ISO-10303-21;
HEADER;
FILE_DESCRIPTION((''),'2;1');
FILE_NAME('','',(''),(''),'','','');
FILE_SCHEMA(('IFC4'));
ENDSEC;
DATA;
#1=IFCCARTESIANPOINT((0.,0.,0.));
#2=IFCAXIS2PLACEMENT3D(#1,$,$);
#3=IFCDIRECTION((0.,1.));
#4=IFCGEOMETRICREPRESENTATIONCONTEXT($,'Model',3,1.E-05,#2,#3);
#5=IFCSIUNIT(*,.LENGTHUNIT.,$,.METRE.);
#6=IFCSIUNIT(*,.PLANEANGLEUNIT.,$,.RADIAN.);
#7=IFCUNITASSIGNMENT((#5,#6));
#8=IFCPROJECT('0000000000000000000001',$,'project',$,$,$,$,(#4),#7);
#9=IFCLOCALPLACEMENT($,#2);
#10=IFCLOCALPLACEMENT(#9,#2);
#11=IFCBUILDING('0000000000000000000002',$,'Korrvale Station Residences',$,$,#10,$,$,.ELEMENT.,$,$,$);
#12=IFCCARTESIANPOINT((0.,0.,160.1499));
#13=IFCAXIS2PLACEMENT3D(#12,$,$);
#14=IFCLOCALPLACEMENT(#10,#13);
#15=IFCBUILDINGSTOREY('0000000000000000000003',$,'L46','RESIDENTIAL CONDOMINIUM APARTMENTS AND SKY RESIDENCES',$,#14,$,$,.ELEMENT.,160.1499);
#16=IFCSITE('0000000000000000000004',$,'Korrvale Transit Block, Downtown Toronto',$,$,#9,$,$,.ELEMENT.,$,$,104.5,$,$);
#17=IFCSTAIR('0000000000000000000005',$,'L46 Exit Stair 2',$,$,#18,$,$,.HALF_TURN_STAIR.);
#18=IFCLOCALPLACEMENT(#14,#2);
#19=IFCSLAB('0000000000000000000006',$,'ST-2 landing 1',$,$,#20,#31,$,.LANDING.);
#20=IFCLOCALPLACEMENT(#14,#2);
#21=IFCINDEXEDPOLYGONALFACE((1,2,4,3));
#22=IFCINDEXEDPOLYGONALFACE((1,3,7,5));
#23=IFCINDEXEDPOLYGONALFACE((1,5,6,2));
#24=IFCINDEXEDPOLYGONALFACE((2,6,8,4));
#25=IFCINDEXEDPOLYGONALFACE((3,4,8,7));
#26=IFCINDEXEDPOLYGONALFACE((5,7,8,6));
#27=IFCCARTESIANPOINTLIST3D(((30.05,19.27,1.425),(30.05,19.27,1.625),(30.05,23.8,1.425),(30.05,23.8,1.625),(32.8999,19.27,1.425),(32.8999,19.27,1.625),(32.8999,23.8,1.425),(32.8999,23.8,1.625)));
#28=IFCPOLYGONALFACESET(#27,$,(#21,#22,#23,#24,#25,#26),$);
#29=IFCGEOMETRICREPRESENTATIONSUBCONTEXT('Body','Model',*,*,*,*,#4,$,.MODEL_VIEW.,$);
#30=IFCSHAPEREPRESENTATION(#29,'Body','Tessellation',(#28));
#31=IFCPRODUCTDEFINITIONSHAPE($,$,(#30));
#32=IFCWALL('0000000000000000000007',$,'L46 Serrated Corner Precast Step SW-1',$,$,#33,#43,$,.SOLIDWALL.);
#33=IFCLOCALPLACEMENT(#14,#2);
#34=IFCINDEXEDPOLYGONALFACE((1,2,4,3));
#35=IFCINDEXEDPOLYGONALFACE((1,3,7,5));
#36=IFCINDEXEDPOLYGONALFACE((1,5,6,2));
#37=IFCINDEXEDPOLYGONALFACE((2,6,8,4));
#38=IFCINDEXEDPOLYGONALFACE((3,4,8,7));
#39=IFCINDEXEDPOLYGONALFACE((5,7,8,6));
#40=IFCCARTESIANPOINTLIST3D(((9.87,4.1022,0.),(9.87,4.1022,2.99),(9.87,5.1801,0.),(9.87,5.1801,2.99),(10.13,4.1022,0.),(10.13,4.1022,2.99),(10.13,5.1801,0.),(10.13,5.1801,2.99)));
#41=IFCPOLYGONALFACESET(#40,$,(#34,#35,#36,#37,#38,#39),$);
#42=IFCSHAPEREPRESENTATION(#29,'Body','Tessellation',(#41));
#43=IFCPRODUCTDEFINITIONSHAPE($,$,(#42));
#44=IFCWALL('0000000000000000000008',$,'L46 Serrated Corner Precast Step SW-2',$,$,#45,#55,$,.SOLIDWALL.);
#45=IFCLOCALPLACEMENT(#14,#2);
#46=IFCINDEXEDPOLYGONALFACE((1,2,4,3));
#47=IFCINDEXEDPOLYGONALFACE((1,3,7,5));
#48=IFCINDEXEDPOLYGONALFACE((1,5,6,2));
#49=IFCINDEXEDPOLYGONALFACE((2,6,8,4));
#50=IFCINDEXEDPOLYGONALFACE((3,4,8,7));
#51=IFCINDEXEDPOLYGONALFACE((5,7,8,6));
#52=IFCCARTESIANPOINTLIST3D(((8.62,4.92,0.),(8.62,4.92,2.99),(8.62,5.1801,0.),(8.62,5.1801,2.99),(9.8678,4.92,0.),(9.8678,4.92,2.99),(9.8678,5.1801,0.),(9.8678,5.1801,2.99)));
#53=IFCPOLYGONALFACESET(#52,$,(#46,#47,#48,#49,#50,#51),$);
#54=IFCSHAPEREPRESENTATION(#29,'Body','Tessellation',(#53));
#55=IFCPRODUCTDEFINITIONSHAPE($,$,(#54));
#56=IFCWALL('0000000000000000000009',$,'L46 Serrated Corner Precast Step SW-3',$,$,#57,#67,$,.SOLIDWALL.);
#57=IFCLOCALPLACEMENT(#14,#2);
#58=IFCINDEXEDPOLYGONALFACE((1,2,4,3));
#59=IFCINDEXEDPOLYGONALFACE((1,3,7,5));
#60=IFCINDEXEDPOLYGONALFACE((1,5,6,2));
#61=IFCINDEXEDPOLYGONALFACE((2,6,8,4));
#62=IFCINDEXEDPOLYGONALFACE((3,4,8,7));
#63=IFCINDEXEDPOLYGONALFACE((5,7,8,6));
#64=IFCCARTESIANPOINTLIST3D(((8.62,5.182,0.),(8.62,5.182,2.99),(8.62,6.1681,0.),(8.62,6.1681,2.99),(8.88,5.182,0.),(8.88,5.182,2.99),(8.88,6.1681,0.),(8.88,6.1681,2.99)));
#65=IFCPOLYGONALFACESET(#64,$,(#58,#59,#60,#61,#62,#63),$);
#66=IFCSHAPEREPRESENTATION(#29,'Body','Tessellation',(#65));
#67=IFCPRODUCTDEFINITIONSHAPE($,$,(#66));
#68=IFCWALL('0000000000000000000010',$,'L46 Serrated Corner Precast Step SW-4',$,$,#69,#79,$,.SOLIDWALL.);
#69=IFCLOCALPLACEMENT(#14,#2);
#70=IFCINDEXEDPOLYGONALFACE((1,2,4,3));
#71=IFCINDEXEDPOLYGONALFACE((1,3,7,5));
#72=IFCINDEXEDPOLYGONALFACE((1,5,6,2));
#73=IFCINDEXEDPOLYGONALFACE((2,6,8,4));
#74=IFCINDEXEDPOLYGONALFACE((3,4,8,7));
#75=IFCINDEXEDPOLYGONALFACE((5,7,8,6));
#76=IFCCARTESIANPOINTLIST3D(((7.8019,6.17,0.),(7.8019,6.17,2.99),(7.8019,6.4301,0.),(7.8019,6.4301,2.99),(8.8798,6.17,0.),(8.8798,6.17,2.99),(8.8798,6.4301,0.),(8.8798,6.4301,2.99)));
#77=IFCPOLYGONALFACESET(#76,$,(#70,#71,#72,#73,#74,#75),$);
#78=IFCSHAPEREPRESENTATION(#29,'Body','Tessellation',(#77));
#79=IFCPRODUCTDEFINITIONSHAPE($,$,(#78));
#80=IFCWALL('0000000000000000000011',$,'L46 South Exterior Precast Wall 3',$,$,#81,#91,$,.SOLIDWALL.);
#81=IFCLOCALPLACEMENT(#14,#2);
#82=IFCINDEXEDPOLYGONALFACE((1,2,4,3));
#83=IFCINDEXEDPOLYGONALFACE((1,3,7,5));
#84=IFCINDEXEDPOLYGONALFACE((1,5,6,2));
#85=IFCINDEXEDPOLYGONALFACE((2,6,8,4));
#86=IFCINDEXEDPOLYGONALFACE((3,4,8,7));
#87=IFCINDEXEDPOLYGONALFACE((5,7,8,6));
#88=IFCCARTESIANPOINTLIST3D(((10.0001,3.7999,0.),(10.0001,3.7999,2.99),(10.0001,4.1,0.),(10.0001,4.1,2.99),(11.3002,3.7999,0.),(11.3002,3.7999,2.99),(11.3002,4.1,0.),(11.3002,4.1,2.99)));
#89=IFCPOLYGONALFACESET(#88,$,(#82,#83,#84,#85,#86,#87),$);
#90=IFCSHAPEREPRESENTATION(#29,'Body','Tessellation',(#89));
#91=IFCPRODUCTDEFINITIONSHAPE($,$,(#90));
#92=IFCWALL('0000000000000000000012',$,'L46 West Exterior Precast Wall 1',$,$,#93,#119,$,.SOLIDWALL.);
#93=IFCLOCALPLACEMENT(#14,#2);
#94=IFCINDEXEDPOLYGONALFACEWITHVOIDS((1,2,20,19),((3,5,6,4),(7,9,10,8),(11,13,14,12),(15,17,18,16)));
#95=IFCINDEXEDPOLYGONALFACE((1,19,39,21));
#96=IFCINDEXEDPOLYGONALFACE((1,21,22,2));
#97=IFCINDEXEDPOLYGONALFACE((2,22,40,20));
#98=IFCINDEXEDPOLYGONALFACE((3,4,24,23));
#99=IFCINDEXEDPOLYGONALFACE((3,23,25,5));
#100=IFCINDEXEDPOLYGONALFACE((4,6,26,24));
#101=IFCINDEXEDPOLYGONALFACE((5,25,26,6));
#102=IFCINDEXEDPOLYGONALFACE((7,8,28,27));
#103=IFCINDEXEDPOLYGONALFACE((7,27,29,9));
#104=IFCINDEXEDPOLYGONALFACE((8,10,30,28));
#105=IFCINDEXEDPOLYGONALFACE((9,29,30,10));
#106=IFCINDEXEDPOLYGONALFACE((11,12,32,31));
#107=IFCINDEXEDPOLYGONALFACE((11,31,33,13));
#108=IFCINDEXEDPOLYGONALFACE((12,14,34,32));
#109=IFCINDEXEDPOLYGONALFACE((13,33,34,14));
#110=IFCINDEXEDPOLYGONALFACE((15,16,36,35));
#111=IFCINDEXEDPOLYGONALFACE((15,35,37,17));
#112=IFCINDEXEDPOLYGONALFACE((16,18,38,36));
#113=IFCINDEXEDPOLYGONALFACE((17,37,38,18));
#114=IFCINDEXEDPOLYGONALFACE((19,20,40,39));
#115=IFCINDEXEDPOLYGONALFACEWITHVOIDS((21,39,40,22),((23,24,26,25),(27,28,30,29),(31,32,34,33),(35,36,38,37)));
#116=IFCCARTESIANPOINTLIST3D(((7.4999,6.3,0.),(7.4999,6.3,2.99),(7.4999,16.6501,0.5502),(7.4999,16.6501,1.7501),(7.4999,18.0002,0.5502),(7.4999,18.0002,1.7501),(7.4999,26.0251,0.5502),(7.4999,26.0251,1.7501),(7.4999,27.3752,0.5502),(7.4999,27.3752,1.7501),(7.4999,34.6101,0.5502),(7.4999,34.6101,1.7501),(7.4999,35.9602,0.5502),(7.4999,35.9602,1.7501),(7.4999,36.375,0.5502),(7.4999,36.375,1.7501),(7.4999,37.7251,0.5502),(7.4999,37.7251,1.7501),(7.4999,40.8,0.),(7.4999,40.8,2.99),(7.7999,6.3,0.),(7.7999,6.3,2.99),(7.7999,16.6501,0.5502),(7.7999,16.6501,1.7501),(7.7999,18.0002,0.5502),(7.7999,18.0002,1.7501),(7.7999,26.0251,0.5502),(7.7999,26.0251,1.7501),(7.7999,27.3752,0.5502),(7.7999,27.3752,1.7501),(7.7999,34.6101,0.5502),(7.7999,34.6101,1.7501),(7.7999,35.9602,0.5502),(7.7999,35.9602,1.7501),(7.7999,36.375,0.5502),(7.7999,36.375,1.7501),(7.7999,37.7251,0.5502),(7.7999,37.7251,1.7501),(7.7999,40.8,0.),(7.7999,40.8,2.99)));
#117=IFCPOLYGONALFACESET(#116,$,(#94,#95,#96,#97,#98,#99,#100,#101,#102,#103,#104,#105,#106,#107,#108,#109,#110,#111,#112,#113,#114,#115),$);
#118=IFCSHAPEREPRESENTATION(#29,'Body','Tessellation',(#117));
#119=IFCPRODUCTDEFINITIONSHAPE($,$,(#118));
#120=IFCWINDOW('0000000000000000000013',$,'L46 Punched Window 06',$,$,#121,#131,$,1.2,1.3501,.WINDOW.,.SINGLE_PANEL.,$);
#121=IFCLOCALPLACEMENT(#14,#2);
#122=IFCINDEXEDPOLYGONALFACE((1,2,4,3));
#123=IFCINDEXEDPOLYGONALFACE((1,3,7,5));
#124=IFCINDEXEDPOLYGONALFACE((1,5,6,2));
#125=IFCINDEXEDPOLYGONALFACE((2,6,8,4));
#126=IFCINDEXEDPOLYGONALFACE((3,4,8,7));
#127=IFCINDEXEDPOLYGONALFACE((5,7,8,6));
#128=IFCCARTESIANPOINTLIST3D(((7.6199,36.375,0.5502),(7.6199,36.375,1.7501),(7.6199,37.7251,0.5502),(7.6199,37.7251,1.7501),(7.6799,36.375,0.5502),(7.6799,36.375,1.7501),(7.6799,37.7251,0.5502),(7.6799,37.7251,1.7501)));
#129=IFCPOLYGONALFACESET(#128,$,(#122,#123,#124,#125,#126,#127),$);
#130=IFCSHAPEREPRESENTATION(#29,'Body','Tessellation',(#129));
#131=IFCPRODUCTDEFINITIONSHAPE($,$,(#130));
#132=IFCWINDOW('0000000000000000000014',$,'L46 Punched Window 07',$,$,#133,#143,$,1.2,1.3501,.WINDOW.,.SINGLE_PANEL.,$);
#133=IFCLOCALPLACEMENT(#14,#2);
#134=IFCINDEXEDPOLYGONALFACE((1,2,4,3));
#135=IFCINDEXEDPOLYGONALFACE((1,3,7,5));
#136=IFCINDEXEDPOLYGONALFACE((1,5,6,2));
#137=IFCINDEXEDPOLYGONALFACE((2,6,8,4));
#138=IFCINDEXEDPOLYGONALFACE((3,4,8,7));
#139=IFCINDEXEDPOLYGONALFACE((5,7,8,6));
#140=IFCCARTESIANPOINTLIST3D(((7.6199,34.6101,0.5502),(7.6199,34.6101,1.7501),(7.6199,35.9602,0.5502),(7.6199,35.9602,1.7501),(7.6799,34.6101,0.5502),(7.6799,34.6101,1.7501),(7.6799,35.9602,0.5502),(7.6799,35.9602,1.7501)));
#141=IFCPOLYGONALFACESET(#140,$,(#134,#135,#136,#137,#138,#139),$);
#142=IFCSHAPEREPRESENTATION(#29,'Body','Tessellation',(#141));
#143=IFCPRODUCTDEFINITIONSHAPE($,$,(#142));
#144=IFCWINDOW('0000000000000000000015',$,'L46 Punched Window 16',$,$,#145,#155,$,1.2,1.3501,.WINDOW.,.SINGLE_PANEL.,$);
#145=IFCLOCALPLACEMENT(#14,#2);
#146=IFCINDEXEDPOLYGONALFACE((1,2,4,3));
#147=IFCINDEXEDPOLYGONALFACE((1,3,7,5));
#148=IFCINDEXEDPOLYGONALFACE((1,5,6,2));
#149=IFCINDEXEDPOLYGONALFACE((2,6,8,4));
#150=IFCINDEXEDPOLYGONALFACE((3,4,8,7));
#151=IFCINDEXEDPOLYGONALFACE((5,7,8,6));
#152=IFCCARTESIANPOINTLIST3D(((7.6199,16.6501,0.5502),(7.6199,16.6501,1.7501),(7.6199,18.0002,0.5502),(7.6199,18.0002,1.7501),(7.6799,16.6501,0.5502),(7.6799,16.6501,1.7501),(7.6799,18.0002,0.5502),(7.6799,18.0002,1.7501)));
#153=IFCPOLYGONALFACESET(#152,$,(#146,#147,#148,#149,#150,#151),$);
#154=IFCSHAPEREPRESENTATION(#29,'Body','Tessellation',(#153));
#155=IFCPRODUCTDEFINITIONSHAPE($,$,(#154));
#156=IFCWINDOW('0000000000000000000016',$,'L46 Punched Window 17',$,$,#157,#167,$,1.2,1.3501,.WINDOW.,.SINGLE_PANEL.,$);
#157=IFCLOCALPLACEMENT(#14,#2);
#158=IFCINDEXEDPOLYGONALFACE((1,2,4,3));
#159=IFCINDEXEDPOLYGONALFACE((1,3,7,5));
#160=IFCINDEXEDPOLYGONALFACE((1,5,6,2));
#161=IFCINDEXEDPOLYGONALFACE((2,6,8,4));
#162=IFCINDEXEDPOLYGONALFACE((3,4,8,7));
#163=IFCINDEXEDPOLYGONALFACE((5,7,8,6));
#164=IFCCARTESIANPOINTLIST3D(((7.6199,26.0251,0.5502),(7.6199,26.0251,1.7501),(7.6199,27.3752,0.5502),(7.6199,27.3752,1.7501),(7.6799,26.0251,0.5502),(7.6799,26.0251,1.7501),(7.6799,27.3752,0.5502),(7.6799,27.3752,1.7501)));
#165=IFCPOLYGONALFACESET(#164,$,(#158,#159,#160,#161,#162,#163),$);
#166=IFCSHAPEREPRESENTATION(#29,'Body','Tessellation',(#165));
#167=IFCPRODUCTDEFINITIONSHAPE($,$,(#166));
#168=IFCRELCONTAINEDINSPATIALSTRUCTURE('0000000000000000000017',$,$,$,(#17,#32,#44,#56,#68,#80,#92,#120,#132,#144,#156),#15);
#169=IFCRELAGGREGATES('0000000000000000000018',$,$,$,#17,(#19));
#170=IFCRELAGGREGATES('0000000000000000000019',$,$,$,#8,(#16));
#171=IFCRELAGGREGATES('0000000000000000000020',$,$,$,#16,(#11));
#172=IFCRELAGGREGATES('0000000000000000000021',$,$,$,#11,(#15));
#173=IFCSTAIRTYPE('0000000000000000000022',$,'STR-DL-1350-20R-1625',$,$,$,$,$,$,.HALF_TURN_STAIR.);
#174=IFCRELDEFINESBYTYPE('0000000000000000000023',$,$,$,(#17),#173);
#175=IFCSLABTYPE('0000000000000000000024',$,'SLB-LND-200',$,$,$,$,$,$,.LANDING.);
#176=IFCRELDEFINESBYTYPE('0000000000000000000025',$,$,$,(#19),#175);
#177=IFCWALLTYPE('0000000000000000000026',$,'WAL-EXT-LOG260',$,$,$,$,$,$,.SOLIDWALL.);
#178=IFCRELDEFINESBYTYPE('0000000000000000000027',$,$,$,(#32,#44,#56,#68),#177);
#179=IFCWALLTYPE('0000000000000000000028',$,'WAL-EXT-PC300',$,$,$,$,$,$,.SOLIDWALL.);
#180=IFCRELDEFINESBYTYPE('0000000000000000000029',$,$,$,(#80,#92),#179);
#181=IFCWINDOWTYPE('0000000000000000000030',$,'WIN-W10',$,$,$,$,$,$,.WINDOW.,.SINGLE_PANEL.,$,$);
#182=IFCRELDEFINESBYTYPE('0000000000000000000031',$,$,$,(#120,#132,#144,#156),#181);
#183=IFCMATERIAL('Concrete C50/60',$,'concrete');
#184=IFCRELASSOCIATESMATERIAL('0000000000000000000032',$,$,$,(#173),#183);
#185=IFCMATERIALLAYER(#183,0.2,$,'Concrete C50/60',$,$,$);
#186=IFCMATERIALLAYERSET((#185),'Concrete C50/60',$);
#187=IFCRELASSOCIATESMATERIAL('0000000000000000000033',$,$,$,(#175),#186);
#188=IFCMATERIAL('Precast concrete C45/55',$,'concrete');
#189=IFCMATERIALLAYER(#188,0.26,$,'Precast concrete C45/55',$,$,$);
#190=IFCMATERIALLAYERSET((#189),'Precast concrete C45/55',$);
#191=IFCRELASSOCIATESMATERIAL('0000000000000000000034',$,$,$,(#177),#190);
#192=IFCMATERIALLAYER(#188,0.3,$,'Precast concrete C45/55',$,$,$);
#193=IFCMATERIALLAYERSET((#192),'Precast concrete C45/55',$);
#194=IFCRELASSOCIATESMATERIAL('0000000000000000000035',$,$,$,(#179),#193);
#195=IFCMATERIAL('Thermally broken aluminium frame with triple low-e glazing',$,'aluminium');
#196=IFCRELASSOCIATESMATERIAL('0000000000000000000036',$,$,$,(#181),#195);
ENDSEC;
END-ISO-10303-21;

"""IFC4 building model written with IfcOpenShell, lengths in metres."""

from ifc_helpers import new_model, si_unit, direction, frame, frame_2d, origin, place, context, subcontext, project, spatial, polyline, rectangle, outline, extrude, material, layer, layer_set, type_object, element, fill, aggregate, save


model = new_model("IFC4")

# Units and contexts
model_context = context("Model", 3, precision=1e-05, world=origin(), true_north=direction((0.0, 1.0)))
body_context = subcontext(model_context, "Body", "Model", "MODEL_VIEW")
ifc_project = project(units=[si_unit("LENGTHUNIT", "METRE"), si_unit("PLANEANGLEUNIT", "RADIAN")], contexts=[model_context])

# Site, building, storey
site_placement = place(None, origin())
site = spatial("IfcSite", under=ifc_project, at=site_placement, Name="Korrvale Transit Block, Downtown Toronto", CompositionType="ELEMENT", RefElevation=104.5)
building_placement = place(site_placement, origin())
building = spatial("IfcBuilding", under=site, at=building_placement, Name="Korrvale Station Residences", CompositionType="ELEMENT")
storey_placement = place(building_placement, frame((0.0, 0.0, 160.1499)))
storey = spatial("IfcBuildingStorey", under=building, at=storey_placement, Name="L46", Description="RESIDENTIAL CONDOMINIUM APARTMENTS AND SKY RESIDENCES", CompositionType="ELEMENT", Elevation=160.1499)

# Shared definitions
ifc_material_1 = material(Name="Concrete C50/60", Category="concrete")

# Stair, slab
stair_type = type_object("IfcStairType", Name="STR-DL-1350-20R-1625", PredefinedType="HALF_TURN_STAIR", material=ifc_material_1)
ifc_layer_1 = layer(ifc_material_1, 0.2, Name="Concrete C50/60")
ifc_layer_set_1 = layer_set([ifc_layer_1], Name="Concrete C50/60")
slab_type_1 = type_object("IfcSlabType", Name="SLB-LND-200", PredefinedType="LANDING", material=ifc_layer_set_1)
stair_1_placement = place(storey_placement, origin())
stair_1 = element("IfcStair", 1, at=stair_1_placement, inside=storey, type_object=stair_type, Name="L46 Exit Stair 2", PredefinedType="HALF_TURN_STAIR")
slab_1_placement = place(storey_placement, frame((0.0, 0.0, 1.425)))
slab_1 = element("IfcSlab", 2, at=slab_1_placement, type_object=slab_type_1, Name="ST-2 landing 1", PredefinedType="LANDING", context=body_context, shape_type="SweptSolid", body=[
    extrude(outline(polyline([(32.8999, 19.27), (32.8999, 23.8), (30.05, 23.8), (30.05, 19.27), (32.8999, 19.27)])), origin(), (0.0, 0.0, 1.0), 0.2),
])
aggregate(stair_1, [slab_1])

# Walls
ifc_material_2 = material(Name="Precast concrete C45/55", Category="concrete")
ifc_layer_2 = layer(ifc_material_2, 0.26, Name="Precast concrete C45/55")
ifc_layer_set_2 = layer_set([ifc_layer_2], Name="Precast concrete C45/55")
wall_type_1 = type_object("IfcWallType", Name="WAL-EXT-LOG260", PredefinedType="SOLIDWALL", material=ifc_layer_set_2)
wall_1_placement = place(storey_placement, frame((10.0, 4.1021, 0.0), z_axis=(0.0, 0.0, 1.0), x_axis=(0.0, 1.0, 0.0)))
element("IfcWall", 3, at=wall_1_placement, inside=storey, type_object=wall_type_1, Name="L46 Serrated Corner Precast Step SW-1", PredefinedType="SOLIDWALL", context=body_context, shape_type="SweptSolid", body=[
    extrude(rectangle(XDim=1.0779, YDim=0.26, at=frame_2d((0.5391, 0.0))), origin(), (0.0, 0.0, 1.0), 2.99),
])
wall_2_placement = place(storey_placement, frame((9.8679, 5.05, 0.0), z_axis=(0.0, 0.0, 1.0), x_axis=(-1.0, 0.0, 0.0)))
element("IfcWall", 4, at=wall_2_placement, inside=storey, type_object=wall_type_1, Name="L46 Serrated Corner Precast Step SW-2", PredefinedType="SOLIDWALL", context=body_context, shape_type="SweptSolid", body=[
    extrude(rectangle(XDim=1.2478, YDim=0.26, at=frame_2d((0.624, 0.0))), origin(), (0.0, 0.0, 1.0), 2.99),
])
wall_3_placement = place(storey_placement, frame((8.75, 5.1819, 0.0), z_axis=(0.0, 0.0, 1.0), x_axis=(0.0, 1.0, 0.0)))
element("IfcWall", 5, at=wall_3_placement, inside=storey, type_object=wall_type_1, Name="L46 Serrated Corner Precast Step SW-3", PredefinedType="SOLIDWALL", context=body_context, shape_type="SweptSolid", body=[
    extrude(rectangle(XDim=0.9861, YDim=0.26, at=frame_2d((0.4932, 0.0))), origin(), (0.0, 0.0, 1.0), 2.99),
])
wall_4_placement = place(storey_placement, frame((8.8799, 6.3, 0.0), z_axis=(0.0, 0.0, 1.0), x_axis=(-1.0, 0.0, 0.0)))
element("IfcWall", 6, at=wall_4_placement, inside=storey, type_object=wall_type_1, Name="L46 Serrated Corner Precast Step SW-4", PredefinedType="SOLIDWALL", context=body_context, shape_type="SweptSolid", body=[
    extrude(rectangle(XDim=1.0779, YDim=0.26, at=frame_2d((0.5391, 0.0))), origin(), (0.0, 0.0, 1.0), 2.99),
])
ifc_layer_3 = layer(ifc_material_2, 0.3, Name="Precast concrete C45/55")
ifc_layer_set_3 = layer_set([ifc_layer_3], Name="Precast concrete C45/55")
wall_type_2 = type_object("IfcWallType", Name="WAL-EXT-PC300", PredefinedType="SOLIDWALL", material=ifc_layer_set_3)
wall_5_placement = place(storey_placement, frame((11.3, 3.95, 0.0), z_axis=(0.0, 0.0, 1.0), x_axis=(-1.0, 0.0, 0.0)))
element("IfcWall", 7, at=wall_5_placement, inside=storey, type_object=wall_type_2, Name="L46 South Exterior Precast Wall 3", PredefinedType="SOLIDWALL", context=body_context, shape_type="SweptSolid", body=[
    extrude(rectangle(XDim=1.3, YDim=0.3, at=frame_2d((0.6499, 0.0))), origin(), (0.0, 0.0, 1.0), 2.99),
])

# Wall, openings, windows
wall_6_placement = place(storey_placement, frame((7.6499, 6.3, 0.0), z_axis=(0.0, 0.0, 1.0), x_axis=(0.0, 1.0, 0.0)))
wall_6 = element("IfcWall", 8, at=wall_6_placement, inside=storey, type_object=wall_type_2, Name="L46 West Exterior Precast Wall 1", PredefinedType="SOLIDWALL", context=body_context, shape_type="SweptSolid", body=[
    extrude(rectangle(XDim=34.5, YDim=0.3, at=frame_2d((17.25, 0.0))), origin(), (0.0, 0.0, 1.0), 2.99),
])
opening_1_placement = place(wall_6_placement, frame((30.075, 0.0, 0.55)))
opening_1 = element("IfcOpeningElement", 9, at=opening_1_placement, cuts=wall_6, PredefinedType="OPENING", context=body_context, shape_type="SweptSolid", body=[
    extrude(rectangle(XDim=1.3501, YDim=1.2, at=frame_2d((0.675, 0.6001))), frame((0.0, 0.1602, 0.0), z_axis=(0.0, -1.0, 0.0), x_axis=(1.0, 0.0, 0.0)), (0.0, 0.0, 1.0), 0.3201),
])
opening_2_placement = place(wall_6_placement, frame((28.3101, 0.0, 0.55)))
opening_2 = element("IfcOpeningElement", 10, at=opening_2_placement, cuts=wall_6, PredefinedType="OPENING", context=body_context, shape_type="SweptSolid", body=[
    extrude(rectangle(XDim=1.3501, YDim=1.2, at=frame_2d((0.675, 0.6001))), frame((0.0, 0.1602, 0.0), z_axis=(0.0, -1.0, 0.0), x_axis=(1.0, 0.0, 0.0)), (0.0, 0.0, 1.0), 0.3201),
])
opening_3_placement = place(wall_6_placement, frame((10.3501, 0.0, 0.55)))
opening_3 = element("IfcOpeningElement", 11, at=opening_3_placement, cuts=wall_6, PredefinedType="OPENING", context=body_context, shape_type="SweptSolid", body=[
    extrude(rectangle(XDim=1.3501, YDim=1.2, at=frame_2d((0.675, 0.6001))), frame((0.0, 0.1602, 0.0), z_axis=(0.0, -1.0, 0.0), x_axis=(1.0, 0.0, 0.0)), (0.0, 0.0, 1.0), 0.3201),
])
opening_4_placement = place(wall_6_placement, frame((19.7251, 0.0, 0.55)))
opening_4 = element("IfcOpeningElement", 12, at=opening_4_placement, cuts=wall_6, PredefinedType="OPENING", context=body_context, shape_type="SweptSolid", body=[
    extrude(rectangle(XDim=1.3501, YDim=1.2, at=frame_2d((0.675, 0.6001))), frame((0.0, 0.1602, 0.0), z_axis=(0.0, -1.0, 0.0), x_axis=(1.0, 0.0, 0.0)), (0.0, 0.0, 1.0), 0.3201),
])
ifc_material_3 = material(Name="Thermally broken aluminium frame with triple low-e glazing", Category="aluminium")
window_type = type_object("IfcWindowType", Name="WIN-W10", PartitioningType="SINGLE_PANEL", PredefinedType="WINDOW", material=ifc_material_3)
window_1_placement = place(opening_1_placement, origin())
window_1 = element("IfcWindow", 13, at=window_1_placement, inside=storey, type_object=window_type, Name="L46 Punched Window 06", OverallHeight=1.2, OverallWidth=1.3501, PartitioningType="SINGLE_PANEL", PredefinedType="WINDOW", context=body_context, shape_type="SweptSolid", body=[
    extrude(rectangle(XDim=1.3501, YDim=1.2, at=frame_2d((0.675, 0.6001))), frame((0.0, 0.03, 0.0), z_axis=(0.0, -1.0, 0.0), x_axis=(1.0, 0.0, 0.0)), (0.0, 0.0, 1.0), 0.0601),
])
fill(opening_1, window_1)
window_2_placement = place(opening_2_placement, origin())
window_2 = element("IfcWindow", 14, at=window_2_placement, inside=storey, type_object=window_type, Name="L46 Punched Window 07", OverallHeight=1.2, OverallWidth=1.3501, PartitioningType="SINGLE_PANEL", PredefinedType="WINDOW", context=body_context, shape_type="SweptSolid", body=[
    extrude(rectangle(XDim=1.3501, YDim=1.2, at=frame_2d((0.675, 0.6001))), frame((0.0, 0.03, 0.0), z_axis=(0.0, -1.0, 0.0), x_axis=(1.0, 0.0, 0.0)), (0.0, 0.0, 1.0), 0.0601),
])
fill(opening_2, window_2)
window_3_placement = place(opening_3_placement, origin())
window_3 = element("IfcWindow", 15, at=window_3_placement, inside=storey, type_object=window_type, Name="L46 Punched Window 16", OverallHeight=1.2, OverallWidth=1.3501, PartitioningType="SINGLE_PANEL", PredefinedType="WINDOW", context=body_context, shape_type="SweptSolid", body=[
    extrude(rectangle(XDim=1.3501, YDim=1.2, at=frame_2d((0.675, 0.6001))), frame((0.0, 0.03, 0.0), z_axis=(0.0, -1.0, 0.0), x_axis=(1.0, 0.0, 0.0)), (0.0, 0.0, 1.0), 0.0601),
])
fill(opening_3, window_3)
window_4_placement = place(opening_4_placement, origin())
window_4 = element("IfcWindow", 16, at=window_4_placement, inside=storey, type_object=window_type, Name="L46 Punched Window 17", OverallHeight=1.2, OverallWidth=1.3501, PartitioningType="SINGLE_PANEL", PredefinedType="WINDOW", context=body_context, shape_type="SweptSolid", body=[
    extrude(rectangle(XDim=1.3501, YDim=1.2, at=frame_2d((0.675, 0.6001))), frame((0.0, 0.03, 0.0), z_axis=(0.0, -1.0, 0.0), x_axis=(1.0, 0.0, 0.0)), (0.0, 0.0, 1.0), 0.0601),
])
fill(opening_4, window_4)

save(model, "model.ifc")
